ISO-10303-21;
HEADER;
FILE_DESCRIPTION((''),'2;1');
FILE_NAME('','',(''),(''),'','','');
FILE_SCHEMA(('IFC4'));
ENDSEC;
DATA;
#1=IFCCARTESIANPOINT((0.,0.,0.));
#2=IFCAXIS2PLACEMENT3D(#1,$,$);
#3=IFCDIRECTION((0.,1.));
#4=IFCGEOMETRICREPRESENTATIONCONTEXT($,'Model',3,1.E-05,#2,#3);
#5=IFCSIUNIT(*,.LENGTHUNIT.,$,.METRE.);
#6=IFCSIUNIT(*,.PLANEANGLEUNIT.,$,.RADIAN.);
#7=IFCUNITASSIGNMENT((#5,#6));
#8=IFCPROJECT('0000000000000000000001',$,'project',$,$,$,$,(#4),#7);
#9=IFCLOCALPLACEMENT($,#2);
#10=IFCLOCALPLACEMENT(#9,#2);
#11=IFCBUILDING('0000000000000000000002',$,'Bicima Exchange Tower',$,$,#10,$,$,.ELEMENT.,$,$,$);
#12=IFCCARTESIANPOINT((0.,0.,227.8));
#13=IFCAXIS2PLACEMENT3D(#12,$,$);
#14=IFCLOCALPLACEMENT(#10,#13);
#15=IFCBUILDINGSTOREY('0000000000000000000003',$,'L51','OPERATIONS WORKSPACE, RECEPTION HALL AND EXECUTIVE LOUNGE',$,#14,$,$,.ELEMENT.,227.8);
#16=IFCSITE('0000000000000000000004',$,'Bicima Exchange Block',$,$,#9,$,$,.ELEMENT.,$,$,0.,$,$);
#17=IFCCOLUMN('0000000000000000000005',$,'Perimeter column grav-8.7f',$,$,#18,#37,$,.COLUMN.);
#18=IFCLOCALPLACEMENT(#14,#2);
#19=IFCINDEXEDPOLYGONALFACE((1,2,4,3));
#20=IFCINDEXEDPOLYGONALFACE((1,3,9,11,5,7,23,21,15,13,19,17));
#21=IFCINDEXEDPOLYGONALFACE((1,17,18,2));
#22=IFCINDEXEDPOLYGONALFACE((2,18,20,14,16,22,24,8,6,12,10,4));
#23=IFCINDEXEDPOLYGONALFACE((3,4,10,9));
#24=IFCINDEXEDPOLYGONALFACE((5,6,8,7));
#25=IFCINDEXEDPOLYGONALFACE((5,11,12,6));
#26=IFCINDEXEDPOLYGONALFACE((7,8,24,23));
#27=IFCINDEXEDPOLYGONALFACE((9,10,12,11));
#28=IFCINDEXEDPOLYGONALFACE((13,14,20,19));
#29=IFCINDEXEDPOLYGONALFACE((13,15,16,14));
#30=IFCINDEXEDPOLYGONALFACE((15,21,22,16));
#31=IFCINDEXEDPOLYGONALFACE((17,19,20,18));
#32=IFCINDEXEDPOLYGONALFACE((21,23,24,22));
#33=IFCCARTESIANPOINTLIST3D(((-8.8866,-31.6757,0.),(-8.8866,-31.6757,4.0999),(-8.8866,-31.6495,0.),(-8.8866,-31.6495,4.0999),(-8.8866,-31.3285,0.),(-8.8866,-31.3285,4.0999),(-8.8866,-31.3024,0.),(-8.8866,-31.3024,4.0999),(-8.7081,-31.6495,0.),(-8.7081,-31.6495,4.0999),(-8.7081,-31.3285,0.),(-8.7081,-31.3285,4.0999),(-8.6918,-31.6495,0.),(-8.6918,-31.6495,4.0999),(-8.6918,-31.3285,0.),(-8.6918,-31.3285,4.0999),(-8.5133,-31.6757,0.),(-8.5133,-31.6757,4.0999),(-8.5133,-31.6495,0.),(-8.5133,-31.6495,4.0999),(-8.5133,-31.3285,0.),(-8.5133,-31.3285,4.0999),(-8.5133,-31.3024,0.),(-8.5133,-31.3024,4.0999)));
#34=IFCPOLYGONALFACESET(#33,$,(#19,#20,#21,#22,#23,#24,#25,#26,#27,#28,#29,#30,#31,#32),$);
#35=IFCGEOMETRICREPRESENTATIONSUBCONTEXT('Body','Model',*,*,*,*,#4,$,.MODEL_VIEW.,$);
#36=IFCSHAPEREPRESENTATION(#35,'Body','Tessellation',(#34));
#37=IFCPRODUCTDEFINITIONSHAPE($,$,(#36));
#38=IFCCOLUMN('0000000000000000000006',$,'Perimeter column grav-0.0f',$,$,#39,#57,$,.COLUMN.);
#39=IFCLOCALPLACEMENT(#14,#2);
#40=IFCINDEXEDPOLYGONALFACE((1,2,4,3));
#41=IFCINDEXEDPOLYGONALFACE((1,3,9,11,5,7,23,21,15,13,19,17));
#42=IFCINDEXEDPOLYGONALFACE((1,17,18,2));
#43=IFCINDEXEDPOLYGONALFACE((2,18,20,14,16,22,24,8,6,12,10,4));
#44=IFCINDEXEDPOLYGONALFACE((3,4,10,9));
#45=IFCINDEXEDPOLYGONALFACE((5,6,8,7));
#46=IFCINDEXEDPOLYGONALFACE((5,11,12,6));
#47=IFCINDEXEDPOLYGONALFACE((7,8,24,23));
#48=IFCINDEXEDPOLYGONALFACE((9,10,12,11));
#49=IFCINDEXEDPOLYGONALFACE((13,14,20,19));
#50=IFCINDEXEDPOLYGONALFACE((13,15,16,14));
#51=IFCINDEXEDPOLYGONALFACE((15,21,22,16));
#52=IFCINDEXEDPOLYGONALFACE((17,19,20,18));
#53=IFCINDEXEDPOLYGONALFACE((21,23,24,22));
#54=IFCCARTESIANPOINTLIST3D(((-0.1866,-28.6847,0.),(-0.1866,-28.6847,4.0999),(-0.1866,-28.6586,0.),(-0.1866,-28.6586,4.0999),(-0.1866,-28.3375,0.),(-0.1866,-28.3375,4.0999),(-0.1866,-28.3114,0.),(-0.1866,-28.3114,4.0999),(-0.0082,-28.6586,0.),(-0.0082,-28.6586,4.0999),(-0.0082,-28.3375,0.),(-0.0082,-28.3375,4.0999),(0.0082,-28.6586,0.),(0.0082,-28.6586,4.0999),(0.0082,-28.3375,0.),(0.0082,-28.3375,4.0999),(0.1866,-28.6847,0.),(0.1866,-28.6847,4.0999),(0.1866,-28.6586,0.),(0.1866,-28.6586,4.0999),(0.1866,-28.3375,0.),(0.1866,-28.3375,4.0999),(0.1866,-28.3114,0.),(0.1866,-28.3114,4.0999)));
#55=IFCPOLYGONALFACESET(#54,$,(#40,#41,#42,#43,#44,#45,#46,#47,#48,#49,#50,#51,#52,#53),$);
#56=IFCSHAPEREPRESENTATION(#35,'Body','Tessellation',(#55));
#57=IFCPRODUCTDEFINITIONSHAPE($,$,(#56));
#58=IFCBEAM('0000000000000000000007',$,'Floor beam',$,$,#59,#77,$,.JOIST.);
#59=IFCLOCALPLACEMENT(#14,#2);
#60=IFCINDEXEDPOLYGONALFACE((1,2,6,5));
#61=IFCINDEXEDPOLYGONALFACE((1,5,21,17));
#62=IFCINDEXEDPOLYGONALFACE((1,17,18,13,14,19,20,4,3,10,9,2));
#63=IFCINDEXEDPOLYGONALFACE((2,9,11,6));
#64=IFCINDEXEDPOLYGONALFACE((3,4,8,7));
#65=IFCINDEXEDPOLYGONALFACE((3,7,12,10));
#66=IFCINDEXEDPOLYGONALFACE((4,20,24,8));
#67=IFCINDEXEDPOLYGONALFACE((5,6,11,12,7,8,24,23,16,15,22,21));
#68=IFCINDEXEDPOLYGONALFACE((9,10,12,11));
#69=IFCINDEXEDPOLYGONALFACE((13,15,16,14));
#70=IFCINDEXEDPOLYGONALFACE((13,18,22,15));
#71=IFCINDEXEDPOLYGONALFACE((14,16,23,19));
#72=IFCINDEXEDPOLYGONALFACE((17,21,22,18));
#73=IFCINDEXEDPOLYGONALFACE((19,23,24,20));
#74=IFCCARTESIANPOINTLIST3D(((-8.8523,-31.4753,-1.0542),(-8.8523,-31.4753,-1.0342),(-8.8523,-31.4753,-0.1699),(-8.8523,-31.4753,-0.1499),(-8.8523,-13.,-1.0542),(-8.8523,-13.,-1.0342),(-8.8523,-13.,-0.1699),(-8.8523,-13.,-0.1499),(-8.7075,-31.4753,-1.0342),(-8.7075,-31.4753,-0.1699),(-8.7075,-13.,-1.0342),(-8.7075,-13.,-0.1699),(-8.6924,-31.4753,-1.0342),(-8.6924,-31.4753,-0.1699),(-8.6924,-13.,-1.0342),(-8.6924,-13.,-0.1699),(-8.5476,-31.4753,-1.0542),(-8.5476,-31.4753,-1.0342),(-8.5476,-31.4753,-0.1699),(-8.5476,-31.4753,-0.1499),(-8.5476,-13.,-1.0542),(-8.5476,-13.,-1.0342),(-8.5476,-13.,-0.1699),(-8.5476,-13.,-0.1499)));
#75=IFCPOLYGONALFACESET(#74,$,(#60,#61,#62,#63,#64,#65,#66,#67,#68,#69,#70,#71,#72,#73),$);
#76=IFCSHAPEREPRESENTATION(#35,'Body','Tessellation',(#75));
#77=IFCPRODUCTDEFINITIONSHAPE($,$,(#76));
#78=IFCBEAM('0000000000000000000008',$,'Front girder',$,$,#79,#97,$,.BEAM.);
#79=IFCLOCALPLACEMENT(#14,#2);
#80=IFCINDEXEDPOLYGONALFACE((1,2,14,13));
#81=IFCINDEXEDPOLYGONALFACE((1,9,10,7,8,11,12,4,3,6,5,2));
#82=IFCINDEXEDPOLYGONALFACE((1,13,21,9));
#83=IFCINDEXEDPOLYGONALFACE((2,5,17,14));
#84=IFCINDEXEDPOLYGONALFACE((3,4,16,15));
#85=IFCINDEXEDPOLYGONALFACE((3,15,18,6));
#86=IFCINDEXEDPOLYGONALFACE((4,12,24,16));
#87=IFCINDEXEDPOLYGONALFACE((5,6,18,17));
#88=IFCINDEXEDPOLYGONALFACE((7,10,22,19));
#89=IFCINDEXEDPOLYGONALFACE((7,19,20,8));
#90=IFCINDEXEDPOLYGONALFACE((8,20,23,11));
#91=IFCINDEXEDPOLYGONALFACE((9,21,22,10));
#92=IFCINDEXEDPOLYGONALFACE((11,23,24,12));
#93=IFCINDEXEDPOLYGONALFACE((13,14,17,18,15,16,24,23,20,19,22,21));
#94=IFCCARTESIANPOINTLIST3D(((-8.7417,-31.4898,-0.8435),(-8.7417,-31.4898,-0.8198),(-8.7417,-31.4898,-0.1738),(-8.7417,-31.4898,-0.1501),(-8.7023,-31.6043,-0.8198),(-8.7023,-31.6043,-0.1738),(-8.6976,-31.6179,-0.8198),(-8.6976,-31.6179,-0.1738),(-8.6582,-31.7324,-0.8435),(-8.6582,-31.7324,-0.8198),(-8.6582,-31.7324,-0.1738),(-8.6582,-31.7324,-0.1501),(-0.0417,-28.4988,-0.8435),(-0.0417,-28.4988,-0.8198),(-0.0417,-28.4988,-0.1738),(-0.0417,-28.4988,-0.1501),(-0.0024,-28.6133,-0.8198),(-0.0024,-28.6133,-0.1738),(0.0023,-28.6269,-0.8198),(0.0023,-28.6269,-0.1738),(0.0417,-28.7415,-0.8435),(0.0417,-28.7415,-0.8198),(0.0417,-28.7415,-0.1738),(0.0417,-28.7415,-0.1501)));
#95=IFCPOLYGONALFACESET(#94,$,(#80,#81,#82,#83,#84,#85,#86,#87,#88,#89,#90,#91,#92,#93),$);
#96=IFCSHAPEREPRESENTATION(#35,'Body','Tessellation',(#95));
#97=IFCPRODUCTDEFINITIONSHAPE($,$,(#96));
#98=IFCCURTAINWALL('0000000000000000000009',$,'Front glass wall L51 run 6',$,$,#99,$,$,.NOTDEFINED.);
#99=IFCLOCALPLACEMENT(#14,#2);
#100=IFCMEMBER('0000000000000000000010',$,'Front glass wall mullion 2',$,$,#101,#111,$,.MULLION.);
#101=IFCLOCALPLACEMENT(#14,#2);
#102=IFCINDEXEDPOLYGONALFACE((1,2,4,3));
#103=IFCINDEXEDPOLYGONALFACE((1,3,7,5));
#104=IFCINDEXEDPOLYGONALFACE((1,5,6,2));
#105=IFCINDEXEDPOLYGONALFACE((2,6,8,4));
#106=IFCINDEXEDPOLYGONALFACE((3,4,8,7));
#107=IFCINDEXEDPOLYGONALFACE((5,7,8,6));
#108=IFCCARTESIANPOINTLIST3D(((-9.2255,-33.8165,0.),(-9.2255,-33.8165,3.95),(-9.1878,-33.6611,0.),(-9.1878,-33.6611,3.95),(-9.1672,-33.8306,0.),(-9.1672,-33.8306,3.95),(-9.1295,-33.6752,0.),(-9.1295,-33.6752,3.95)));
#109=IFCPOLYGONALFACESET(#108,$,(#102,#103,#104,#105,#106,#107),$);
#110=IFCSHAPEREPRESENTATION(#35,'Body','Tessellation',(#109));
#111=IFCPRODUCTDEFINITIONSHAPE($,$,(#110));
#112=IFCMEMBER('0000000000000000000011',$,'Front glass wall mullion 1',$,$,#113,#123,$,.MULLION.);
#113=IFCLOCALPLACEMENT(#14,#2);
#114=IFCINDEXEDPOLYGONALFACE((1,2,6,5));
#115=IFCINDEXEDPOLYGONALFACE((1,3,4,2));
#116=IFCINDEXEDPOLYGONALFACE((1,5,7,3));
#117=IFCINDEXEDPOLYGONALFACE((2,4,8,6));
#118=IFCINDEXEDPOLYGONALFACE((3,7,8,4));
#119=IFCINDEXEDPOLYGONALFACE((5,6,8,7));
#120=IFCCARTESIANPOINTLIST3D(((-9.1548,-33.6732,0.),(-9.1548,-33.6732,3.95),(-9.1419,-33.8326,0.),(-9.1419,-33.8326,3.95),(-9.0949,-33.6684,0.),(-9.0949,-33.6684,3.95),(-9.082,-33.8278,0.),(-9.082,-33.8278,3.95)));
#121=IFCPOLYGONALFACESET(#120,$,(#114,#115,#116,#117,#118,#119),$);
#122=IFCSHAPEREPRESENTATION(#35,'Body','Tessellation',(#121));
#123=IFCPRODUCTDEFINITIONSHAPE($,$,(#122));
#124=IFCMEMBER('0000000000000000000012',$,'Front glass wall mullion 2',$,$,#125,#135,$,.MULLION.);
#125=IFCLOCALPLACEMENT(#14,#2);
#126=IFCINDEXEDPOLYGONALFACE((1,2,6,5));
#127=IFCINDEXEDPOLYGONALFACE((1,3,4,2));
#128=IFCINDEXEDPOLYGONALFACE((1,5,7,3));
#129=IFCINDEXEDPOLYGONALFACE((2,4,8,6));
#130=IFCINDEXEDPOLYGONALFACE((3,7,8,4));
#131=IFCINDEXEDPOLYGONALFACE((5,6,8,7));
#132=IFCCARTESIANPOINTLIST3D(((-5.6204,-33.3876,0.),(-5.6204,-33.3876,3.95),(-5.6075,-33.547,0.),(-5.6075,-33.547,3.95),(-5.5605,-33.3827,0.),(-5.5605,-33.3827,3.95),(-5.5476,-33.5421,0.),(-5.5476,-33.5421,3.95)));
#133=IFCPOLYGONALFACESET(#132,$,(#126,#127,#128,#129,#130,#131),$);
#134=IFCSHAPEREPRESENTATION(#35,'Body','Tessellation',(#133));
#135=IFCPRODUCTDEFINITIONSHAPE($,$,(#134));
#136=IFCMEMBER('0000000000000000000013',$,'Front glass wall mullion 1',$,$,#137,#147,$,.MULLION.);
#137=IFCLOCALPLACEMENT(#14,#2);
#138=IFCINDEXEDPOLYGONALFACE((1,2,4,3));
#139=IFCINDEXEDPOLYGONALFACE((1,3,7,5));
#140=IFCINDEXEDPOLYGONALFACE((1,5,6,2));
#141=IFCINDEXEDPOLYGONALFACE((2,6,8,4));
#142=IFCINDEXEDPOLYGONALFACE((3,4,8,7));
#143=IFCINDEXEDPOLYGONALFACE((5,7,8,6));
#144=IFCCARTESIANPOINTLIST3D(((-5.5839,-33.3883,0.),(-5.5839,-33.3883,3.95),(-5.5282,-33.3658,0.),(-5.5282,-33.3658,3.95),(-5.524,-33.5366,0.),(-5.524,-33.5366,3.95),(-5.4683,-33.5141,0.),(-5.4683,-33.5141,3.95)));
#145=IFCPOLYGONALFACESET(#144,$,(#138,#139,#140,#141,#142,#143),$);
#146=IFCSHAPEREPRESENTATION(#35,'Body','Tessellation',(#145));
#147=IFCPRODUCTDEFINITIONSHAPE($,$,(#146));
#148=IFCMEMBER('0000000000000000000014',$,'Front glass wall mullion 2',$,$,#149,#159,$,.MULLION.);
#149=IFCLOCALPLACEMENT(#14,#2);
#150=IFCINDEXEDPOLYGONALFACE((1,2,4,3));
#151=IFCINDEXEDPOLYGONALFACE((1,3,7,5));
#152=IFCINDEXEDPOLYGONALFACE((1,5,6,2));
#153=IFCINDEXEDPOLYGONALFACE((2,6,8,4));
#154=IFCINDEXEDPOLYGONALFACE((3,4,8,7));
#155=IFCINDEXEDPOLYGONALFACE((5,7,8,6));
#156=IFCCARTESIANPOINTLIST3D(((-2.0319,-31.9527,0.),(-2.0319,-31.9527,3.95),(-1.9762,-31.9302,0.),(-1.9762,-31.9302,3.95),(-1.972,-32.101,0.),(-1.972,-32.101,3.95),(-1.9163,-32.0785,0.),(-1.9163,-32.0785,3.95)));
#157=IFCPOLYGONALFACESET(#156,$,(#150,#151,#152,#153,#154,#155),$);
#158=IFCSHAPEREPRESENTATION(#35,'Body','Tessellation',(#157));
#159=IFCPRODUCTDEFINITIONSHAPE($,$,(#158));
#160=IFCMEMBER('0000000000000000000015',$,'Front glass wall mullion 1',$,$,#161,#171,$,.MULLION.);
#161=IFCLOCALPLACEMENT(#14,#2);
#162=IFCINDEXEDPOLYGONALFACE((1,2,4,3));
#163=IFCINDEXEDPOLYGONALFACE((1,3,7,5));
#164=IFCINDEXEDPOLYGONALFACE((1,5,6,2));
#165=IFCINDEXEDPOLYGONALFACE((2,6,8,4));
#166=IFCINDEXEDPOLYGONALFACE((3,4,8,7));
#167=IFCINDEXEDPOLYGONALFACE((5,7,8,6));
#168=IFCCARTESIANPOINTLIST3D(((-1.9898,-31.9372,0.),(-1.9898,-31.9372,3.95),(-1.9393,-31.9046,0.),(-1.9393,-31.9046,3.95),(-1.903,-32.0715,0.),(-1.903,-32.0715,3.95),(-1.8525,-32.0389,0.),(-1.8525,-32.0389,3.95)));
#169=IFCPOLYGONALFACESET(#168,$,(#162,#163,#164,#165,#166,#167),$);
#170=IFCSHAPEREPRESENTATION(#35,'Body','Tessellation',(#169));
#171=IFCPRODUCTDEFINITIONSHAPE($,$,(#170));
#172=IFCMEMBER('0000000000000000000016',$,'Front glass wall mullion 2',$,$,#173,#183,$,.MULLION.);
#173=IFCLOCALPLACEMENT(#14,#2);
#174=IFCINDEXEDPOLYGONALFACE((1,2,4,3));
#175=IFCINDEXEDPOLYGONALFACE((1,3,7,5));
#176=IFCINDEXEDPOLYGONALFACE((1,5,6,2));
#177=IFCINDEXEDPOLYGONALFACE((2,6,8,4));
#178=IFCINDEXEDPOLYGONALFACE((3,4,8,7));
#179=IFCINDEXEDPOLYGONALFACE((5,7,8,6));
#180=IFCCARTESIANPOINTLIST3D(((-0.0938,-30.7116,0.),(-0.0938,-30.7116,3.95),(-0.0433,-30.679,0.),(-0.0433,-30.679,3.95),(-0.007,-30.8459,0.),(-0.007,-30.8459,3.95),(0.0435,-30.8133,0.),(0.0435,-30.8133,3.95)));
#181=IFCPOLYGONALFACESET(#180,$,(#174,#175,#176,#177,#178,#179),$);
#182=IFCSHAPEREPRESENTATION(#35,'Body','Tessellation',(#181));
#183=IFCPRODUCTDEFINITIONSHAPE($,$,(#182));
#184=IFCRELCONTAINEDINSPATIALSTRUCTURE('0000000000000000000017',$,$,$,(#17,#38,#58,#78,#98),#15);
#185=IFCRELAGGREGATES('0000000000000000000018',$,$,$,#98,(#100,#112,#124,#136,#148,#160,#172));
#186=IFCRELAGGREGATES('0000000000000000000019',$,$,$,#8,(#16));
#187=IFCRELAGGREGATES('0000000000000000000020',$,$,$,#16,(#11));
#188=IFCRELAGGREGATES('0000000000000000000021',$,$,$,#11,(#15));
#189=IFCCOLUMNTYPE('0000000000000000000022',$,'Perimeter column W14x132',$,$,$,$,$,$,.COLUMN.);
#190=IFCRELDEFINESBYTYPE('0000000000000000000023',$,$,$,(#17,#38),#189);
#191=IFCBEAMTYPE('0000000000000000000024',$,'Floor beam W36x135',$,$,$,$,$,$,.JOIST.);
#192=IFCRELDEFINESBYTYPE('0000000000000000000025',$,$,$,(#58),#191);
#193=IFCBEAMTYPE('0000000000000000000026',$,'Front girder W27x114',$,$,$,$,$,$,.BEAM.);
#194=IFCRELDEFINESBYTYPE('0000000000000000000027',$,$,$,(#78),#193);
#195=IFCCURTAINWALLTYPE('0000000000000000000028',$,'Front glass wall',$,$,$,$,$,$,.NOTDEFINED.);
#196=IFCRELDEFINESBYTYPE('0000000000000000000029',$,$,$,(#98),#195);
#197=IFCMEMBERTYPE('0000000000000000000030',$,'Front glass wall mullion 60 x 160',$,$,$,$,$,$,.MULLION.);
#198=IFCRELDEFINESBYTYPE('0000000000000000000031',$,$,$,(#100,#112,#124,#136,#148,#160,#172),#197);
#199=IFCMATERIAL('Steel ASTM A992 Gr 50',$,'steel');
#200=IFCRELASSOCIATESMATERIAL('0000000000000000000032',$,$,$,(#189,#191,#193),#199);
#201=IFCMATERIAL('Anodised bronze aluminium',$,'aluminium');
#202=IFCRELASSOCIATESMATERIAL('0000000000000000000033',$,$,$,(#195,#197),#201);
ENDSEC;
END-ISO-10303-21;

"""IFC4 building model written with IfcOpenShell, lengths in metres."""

from ifc_helpers import new_model, si_unit, direction, frame, origin, origin_2d, place, context, subcontext, project, spatial, rectangle, i_section, extrude, material, material_profile, profile_set, type_object, element, aggregate, save


model = new_model("IFC4")

# Units and contexts
model_context = context("Model", 3, precision=1e-05, world=origin(), true_north=direction((0.0, 1.0)))
body_context = subcontext(model_context, "Body", "Model", "MODEL_VIEW")
ifc_project = project(units=[si_unit("LENGTHUNIT", "METRE"), si_unit("PLANEANGLEUNIT", "RADIAN")], contexts=[model_context])

# Site, building, storey
site_placement = place(None, origin())
site = spatial("IfcSite", under=ifc_project, at=site_placement, Name="Bicima Exchange Block", CompositionType="ELEMENT", RefElevation=0.0)
building_placement = place(site_placement, origin())
building = spatial("IfcBuilding", under=site, at=building_placement, Name="Bicima Exchange Tower", CompositionType="ELEMENT")
storey_placement = place(building_placement, frame((0.0, 0.0, 227.8)))
storey = spatial("IfcBuildingStorey", under=building, at=storey_placement, Name="L51", Description="OPERATIONS WORKSPACE, RECEPTION HALL AND EXECUTIVE LOUNGE", CompositionType="ELEMENT", Elevation=227.8)

# Columns
ifc_material_1 = material(Name="Steel ASTM A992 Gr 50", Category="steel")
ifc_material_profile_1 = material_profile(ifc_material_1, i_section(OverallWidth=0.3733, OverallDepth=0.3733, WebThickness=0.0164, FlangeThickness=0.0261, at=origin_2d()))
ifc_profile_set_1 = profile_set([ifc_material_profile_1], Name="Steel ASTM A992 Gr 50")
column_type = type_object("IfcColumnType", Name="Perimeter column W14x132", PredefinedType="COLUMN", material=ifc_profile_set_1)
for number, where, z_axis, x_axis, name in (
    (1, (-8.7, -31.489, 0.0), (0.0, 0.0, 1.0), (1.0, 0.0, 0.0), "Perimeter column grav-8.7f"),
    (2, (0.0, -28.498, 0.0), (0.0, 0.0, 1.0), (1.0, 0.0, 0.0), "Perimeter column grav-0.0f"),
):
    element("IfcColumn", number, at=place(storey_placement, frame(where, z_axis=z_axis, x_axis=x_axis)), inside=storey, type_object=column_type, Name=name, PredefinedType="COLUMN", context=body_context, shape_type="SweptSolid", body=[
        extrude(i_section(OverallWidth=0.3733, OverallDepth=0.3733, WebThickness=0.0164, FlangeThickness=0.0261, at=origin_2d()), origin(), (0.0, 0.0, 1.0), 4.0999),
    ])

# Beams
ifc_material_profile_2 = material_profile(ifc_material_1, i_section(OverallWidth=0.3047, OverallDepth=0.9043, WebThickness=0.0151, FlangeThickness=0.02, at=origin_2d()))
ifc_profile_set_2 = profile_set([ifc_material_profile_2], Name="Steel ASTM A992 Gr 50")
beam_type_1 = type_object("IfcBeamType", Name="Floor beam W36x135", PredefinedType="JOIST", material=ifc_profile_set_2)
beam_1_placement = place(storey_placement, frame((-8.7, -13.0, -0.6021), z_axis=(0.0, -1.0, 0.0), x_axis=(1.0, 0.0, 0.0)))
element("IfcBeam", 3, at=beam_1_placement, inside=storey, type_object=beam_type_1, Name="Floor beam", PredefinedType="JOIST", context=body_context, shape_type="SweptSolid", body=[
    extrude(i_section(OverallWidth=0.3047, OverallDepth=0.9043, WebThickness=0.0151, FlangeThickness=0.02, at=origin_2d()), origin(), (0.0, 0.0, 1.0), 18.4753),
])
ifc_material_profile_3 = material_profile(ifc_material_1, i_section(OverallWidth=0.2566, OverallDepth=0.6934, WebThickness=0.0144, FlangeThickness=0.0237, at=origin_2d()))
ifc_profile_set_3 = profile_set([ifc_material_profile_3], Name="Steel ASTM A992 Gr 50")
beam_type_2 = type_object("IfcBeamType", Name="Front girder W27x114", PredefinedType="BEAM", material=ifc_profile_set_3)
beam_2_placement = place(storey_placement, frame((-8.7, -31.6111, -0.4968), z_axis=(0.945675, 0.325115, 0.0), x_axis=(-0.325115, 0.945675, 0.0)))
element("IfcBeam", 4, at=beam_2_placement, inside=storey, type_object=beam_type_2, Name="Front girder", PredefinedType="BEAM", context=body_context, shape_type="SweptSolid", body=[
    extrude(i_section(OverallWidth=0.2566, OverallDepth=0.6934, WebThickness=0.0144, FlangeThickness=0.0237, at=origin_2d()), origin(), (0.0, 0.0, 1.0), 9.1997),
])

# Curtain wall, members
ifc_material_2 = material(Name="Anodised bronze aluminium", Category="aluminium")
curtain_wall_type = type_object("IfcCurtainWallType", Name="Front glass wall", PredefinedType="NOTDEFINED", material=ifc_material_2)
curtain_wall_placement = place(storey_placement, origin())
curtain_wall = element("IfcCurtainWall", 5, at=curtain_wall_placement, inside=storey, type_object=curtain_wall_type, Name="Front glass wall L51 run 6", PredefinedType="NOTDEFINED")
ifc_material_profile_4 = material_profile(ifc_material_2, rectangle(XDim=0.1599, YDim=0.0601, at=origin_2d()))
ifc_profile_set_4 = profile_set([ifc_material_profile_4], Name="Anodised bronze aluminium")
member_type_1 = type_object("IfcMemberType", Name="Front glass wall mullion 60 x 160", PredefinedType="MULLION", material=ifc_profile_set_4)
member_1_placement = place(storey_placement, frame((-9.1775, -33.7458, 0.0), z_axis=(0.0, 0.0, 1.0), x_axis=(0.235682, 0.97183, 0.0)))
member_1 = element("IfcMember", 6, at=member_1_placement, type_object=member_type_1, Name="Front glass wall mullion 2", PredefinedType="MULLION", context=body_context, shape_type="SweptSolid", body=[
    extrude(rectangle(XDim=0.1599, YDim=0.0601, at=origin_2d()), origin(), (0.0, 0.0, 1.0), 3.95),
])
member_2_placement = place(storey_placement, frame((-9.1184, -33.7505, 0.0), z_axis=(0.0, 0.0, 1.0), x_axis=(-0.080589, 0.996747, 0.0)))
member_2 = element("IfcMember", 7, at=member_2_placement, type_object=member_type_1, Name="Front glass wall mullion 1", PredefinedType="MULLION", context=body_context, shape_type="SweptSolid", body=[
    extrude(rectangle(XDim=0.1599, YDim=0.0601, at=origin_2d()), origin(), (0.0, 0.0, 1.0), 3.95),
])
member_3_placement = place(storey_placement, frame((-5.584, -33.4648, 0.0), z_axis=(0.0, 0.0, 1.0), x_axis=(-0.080589, 0.996747, 0.0)))
member_3 = element("IfcMember", 8, at=member_3_placement, type_object=member_type_1, Name="Front glass wall mullion 2", PredefinedType="MULLION", context=body_context, shape_type="SweptSolid", body=[
    extrude(rectangle(XDim=0.1599, YDim=0.0601, at=origin_2d()), origin(), (0.0, 0.0, 1.0), 3.95),
])
member_4_placement = place(storey_placement, frame((-5.5261, -33.4512, 0.0), z_axis=(0.0, 0.0, 1.0), x_axis=(-0.374705, 0.927144, 0.0)))
member_4 = element("IfcMember", 9, at=member_4_placement, type_object=member_type_1, Name="Front glass wall mullion 1", PredefinedType="MULLION", context=body_context, shape_type="SweptSolid", body=[
    extrude(rectangle(XDim=0.1599, YDim=0.0601, at=origin_2d()), origin(), (0.0, 0.0, 1.0), 3.95),
])
member_5_placement = place(storey_placement, frame((-1.9741, -32.0156, 0.0), z_axis=(0.0, 0.0, 1.0), x_axis=(-0.374705, 0.927144, 0.0)))
member_5 = element("IfcMember", 10, at=member_5_placement, type_object=member_type_1, Name="Front glass wall mullion 2", PredefinedType="MULLION", context=body_context, shape_type="SweptSolid", body=[
    extrude(rectangle(XDim=0.1599, YDim=0.0601, at=origin_2d()), origin(), (0.0, 0.0, 1.0), 3.95),
])
member_6_placement = place(storey_placement, frame((-1.9211, -31.988, 0.0), z_axis=(0.0, 0.0, 1.0), x_axis=(-0.542897, 0.839799, 0.0)))
member_6 = element("IfcMember", 11, at=member_6_placement, type_object=member_type_1, Name="Front glass wall mullion 1", PredefinedType="MULLION", context=body_context, shape_type="SweptSolid", body=[
    extrude(rectangle(XDim=0.1599, YDim=0.0601, at=origin_2d()), origin(), (0.0, 0.0, 1.0), 3.95),
])
member_7_placement = place(storey_placement, frame((-0.0251, -30.7625, 0.0), z_axis=(0.0, 0.0, 1.0), x_axis=(-0.542897, 0.839799, 0.0)))
member_7 = element("IfcMember", 12, at=member_7_placement, type_object=member_type_1, Name="Front glass wall mullion 2", PredefinedType="MULLION", context=body_context, shape_type="SweptSolid", body=[
    extrude(rectangle(XDim=0.1599, YDim=0.0601, at=origin_2d()), origin(), (0.0, 0.0, 1.0), 3.95),
])

aggregate(curtain_wall, [member_1, member_2, member_3, member_4, member_5, member_6, member_7])

save(model, "model.ifc")
